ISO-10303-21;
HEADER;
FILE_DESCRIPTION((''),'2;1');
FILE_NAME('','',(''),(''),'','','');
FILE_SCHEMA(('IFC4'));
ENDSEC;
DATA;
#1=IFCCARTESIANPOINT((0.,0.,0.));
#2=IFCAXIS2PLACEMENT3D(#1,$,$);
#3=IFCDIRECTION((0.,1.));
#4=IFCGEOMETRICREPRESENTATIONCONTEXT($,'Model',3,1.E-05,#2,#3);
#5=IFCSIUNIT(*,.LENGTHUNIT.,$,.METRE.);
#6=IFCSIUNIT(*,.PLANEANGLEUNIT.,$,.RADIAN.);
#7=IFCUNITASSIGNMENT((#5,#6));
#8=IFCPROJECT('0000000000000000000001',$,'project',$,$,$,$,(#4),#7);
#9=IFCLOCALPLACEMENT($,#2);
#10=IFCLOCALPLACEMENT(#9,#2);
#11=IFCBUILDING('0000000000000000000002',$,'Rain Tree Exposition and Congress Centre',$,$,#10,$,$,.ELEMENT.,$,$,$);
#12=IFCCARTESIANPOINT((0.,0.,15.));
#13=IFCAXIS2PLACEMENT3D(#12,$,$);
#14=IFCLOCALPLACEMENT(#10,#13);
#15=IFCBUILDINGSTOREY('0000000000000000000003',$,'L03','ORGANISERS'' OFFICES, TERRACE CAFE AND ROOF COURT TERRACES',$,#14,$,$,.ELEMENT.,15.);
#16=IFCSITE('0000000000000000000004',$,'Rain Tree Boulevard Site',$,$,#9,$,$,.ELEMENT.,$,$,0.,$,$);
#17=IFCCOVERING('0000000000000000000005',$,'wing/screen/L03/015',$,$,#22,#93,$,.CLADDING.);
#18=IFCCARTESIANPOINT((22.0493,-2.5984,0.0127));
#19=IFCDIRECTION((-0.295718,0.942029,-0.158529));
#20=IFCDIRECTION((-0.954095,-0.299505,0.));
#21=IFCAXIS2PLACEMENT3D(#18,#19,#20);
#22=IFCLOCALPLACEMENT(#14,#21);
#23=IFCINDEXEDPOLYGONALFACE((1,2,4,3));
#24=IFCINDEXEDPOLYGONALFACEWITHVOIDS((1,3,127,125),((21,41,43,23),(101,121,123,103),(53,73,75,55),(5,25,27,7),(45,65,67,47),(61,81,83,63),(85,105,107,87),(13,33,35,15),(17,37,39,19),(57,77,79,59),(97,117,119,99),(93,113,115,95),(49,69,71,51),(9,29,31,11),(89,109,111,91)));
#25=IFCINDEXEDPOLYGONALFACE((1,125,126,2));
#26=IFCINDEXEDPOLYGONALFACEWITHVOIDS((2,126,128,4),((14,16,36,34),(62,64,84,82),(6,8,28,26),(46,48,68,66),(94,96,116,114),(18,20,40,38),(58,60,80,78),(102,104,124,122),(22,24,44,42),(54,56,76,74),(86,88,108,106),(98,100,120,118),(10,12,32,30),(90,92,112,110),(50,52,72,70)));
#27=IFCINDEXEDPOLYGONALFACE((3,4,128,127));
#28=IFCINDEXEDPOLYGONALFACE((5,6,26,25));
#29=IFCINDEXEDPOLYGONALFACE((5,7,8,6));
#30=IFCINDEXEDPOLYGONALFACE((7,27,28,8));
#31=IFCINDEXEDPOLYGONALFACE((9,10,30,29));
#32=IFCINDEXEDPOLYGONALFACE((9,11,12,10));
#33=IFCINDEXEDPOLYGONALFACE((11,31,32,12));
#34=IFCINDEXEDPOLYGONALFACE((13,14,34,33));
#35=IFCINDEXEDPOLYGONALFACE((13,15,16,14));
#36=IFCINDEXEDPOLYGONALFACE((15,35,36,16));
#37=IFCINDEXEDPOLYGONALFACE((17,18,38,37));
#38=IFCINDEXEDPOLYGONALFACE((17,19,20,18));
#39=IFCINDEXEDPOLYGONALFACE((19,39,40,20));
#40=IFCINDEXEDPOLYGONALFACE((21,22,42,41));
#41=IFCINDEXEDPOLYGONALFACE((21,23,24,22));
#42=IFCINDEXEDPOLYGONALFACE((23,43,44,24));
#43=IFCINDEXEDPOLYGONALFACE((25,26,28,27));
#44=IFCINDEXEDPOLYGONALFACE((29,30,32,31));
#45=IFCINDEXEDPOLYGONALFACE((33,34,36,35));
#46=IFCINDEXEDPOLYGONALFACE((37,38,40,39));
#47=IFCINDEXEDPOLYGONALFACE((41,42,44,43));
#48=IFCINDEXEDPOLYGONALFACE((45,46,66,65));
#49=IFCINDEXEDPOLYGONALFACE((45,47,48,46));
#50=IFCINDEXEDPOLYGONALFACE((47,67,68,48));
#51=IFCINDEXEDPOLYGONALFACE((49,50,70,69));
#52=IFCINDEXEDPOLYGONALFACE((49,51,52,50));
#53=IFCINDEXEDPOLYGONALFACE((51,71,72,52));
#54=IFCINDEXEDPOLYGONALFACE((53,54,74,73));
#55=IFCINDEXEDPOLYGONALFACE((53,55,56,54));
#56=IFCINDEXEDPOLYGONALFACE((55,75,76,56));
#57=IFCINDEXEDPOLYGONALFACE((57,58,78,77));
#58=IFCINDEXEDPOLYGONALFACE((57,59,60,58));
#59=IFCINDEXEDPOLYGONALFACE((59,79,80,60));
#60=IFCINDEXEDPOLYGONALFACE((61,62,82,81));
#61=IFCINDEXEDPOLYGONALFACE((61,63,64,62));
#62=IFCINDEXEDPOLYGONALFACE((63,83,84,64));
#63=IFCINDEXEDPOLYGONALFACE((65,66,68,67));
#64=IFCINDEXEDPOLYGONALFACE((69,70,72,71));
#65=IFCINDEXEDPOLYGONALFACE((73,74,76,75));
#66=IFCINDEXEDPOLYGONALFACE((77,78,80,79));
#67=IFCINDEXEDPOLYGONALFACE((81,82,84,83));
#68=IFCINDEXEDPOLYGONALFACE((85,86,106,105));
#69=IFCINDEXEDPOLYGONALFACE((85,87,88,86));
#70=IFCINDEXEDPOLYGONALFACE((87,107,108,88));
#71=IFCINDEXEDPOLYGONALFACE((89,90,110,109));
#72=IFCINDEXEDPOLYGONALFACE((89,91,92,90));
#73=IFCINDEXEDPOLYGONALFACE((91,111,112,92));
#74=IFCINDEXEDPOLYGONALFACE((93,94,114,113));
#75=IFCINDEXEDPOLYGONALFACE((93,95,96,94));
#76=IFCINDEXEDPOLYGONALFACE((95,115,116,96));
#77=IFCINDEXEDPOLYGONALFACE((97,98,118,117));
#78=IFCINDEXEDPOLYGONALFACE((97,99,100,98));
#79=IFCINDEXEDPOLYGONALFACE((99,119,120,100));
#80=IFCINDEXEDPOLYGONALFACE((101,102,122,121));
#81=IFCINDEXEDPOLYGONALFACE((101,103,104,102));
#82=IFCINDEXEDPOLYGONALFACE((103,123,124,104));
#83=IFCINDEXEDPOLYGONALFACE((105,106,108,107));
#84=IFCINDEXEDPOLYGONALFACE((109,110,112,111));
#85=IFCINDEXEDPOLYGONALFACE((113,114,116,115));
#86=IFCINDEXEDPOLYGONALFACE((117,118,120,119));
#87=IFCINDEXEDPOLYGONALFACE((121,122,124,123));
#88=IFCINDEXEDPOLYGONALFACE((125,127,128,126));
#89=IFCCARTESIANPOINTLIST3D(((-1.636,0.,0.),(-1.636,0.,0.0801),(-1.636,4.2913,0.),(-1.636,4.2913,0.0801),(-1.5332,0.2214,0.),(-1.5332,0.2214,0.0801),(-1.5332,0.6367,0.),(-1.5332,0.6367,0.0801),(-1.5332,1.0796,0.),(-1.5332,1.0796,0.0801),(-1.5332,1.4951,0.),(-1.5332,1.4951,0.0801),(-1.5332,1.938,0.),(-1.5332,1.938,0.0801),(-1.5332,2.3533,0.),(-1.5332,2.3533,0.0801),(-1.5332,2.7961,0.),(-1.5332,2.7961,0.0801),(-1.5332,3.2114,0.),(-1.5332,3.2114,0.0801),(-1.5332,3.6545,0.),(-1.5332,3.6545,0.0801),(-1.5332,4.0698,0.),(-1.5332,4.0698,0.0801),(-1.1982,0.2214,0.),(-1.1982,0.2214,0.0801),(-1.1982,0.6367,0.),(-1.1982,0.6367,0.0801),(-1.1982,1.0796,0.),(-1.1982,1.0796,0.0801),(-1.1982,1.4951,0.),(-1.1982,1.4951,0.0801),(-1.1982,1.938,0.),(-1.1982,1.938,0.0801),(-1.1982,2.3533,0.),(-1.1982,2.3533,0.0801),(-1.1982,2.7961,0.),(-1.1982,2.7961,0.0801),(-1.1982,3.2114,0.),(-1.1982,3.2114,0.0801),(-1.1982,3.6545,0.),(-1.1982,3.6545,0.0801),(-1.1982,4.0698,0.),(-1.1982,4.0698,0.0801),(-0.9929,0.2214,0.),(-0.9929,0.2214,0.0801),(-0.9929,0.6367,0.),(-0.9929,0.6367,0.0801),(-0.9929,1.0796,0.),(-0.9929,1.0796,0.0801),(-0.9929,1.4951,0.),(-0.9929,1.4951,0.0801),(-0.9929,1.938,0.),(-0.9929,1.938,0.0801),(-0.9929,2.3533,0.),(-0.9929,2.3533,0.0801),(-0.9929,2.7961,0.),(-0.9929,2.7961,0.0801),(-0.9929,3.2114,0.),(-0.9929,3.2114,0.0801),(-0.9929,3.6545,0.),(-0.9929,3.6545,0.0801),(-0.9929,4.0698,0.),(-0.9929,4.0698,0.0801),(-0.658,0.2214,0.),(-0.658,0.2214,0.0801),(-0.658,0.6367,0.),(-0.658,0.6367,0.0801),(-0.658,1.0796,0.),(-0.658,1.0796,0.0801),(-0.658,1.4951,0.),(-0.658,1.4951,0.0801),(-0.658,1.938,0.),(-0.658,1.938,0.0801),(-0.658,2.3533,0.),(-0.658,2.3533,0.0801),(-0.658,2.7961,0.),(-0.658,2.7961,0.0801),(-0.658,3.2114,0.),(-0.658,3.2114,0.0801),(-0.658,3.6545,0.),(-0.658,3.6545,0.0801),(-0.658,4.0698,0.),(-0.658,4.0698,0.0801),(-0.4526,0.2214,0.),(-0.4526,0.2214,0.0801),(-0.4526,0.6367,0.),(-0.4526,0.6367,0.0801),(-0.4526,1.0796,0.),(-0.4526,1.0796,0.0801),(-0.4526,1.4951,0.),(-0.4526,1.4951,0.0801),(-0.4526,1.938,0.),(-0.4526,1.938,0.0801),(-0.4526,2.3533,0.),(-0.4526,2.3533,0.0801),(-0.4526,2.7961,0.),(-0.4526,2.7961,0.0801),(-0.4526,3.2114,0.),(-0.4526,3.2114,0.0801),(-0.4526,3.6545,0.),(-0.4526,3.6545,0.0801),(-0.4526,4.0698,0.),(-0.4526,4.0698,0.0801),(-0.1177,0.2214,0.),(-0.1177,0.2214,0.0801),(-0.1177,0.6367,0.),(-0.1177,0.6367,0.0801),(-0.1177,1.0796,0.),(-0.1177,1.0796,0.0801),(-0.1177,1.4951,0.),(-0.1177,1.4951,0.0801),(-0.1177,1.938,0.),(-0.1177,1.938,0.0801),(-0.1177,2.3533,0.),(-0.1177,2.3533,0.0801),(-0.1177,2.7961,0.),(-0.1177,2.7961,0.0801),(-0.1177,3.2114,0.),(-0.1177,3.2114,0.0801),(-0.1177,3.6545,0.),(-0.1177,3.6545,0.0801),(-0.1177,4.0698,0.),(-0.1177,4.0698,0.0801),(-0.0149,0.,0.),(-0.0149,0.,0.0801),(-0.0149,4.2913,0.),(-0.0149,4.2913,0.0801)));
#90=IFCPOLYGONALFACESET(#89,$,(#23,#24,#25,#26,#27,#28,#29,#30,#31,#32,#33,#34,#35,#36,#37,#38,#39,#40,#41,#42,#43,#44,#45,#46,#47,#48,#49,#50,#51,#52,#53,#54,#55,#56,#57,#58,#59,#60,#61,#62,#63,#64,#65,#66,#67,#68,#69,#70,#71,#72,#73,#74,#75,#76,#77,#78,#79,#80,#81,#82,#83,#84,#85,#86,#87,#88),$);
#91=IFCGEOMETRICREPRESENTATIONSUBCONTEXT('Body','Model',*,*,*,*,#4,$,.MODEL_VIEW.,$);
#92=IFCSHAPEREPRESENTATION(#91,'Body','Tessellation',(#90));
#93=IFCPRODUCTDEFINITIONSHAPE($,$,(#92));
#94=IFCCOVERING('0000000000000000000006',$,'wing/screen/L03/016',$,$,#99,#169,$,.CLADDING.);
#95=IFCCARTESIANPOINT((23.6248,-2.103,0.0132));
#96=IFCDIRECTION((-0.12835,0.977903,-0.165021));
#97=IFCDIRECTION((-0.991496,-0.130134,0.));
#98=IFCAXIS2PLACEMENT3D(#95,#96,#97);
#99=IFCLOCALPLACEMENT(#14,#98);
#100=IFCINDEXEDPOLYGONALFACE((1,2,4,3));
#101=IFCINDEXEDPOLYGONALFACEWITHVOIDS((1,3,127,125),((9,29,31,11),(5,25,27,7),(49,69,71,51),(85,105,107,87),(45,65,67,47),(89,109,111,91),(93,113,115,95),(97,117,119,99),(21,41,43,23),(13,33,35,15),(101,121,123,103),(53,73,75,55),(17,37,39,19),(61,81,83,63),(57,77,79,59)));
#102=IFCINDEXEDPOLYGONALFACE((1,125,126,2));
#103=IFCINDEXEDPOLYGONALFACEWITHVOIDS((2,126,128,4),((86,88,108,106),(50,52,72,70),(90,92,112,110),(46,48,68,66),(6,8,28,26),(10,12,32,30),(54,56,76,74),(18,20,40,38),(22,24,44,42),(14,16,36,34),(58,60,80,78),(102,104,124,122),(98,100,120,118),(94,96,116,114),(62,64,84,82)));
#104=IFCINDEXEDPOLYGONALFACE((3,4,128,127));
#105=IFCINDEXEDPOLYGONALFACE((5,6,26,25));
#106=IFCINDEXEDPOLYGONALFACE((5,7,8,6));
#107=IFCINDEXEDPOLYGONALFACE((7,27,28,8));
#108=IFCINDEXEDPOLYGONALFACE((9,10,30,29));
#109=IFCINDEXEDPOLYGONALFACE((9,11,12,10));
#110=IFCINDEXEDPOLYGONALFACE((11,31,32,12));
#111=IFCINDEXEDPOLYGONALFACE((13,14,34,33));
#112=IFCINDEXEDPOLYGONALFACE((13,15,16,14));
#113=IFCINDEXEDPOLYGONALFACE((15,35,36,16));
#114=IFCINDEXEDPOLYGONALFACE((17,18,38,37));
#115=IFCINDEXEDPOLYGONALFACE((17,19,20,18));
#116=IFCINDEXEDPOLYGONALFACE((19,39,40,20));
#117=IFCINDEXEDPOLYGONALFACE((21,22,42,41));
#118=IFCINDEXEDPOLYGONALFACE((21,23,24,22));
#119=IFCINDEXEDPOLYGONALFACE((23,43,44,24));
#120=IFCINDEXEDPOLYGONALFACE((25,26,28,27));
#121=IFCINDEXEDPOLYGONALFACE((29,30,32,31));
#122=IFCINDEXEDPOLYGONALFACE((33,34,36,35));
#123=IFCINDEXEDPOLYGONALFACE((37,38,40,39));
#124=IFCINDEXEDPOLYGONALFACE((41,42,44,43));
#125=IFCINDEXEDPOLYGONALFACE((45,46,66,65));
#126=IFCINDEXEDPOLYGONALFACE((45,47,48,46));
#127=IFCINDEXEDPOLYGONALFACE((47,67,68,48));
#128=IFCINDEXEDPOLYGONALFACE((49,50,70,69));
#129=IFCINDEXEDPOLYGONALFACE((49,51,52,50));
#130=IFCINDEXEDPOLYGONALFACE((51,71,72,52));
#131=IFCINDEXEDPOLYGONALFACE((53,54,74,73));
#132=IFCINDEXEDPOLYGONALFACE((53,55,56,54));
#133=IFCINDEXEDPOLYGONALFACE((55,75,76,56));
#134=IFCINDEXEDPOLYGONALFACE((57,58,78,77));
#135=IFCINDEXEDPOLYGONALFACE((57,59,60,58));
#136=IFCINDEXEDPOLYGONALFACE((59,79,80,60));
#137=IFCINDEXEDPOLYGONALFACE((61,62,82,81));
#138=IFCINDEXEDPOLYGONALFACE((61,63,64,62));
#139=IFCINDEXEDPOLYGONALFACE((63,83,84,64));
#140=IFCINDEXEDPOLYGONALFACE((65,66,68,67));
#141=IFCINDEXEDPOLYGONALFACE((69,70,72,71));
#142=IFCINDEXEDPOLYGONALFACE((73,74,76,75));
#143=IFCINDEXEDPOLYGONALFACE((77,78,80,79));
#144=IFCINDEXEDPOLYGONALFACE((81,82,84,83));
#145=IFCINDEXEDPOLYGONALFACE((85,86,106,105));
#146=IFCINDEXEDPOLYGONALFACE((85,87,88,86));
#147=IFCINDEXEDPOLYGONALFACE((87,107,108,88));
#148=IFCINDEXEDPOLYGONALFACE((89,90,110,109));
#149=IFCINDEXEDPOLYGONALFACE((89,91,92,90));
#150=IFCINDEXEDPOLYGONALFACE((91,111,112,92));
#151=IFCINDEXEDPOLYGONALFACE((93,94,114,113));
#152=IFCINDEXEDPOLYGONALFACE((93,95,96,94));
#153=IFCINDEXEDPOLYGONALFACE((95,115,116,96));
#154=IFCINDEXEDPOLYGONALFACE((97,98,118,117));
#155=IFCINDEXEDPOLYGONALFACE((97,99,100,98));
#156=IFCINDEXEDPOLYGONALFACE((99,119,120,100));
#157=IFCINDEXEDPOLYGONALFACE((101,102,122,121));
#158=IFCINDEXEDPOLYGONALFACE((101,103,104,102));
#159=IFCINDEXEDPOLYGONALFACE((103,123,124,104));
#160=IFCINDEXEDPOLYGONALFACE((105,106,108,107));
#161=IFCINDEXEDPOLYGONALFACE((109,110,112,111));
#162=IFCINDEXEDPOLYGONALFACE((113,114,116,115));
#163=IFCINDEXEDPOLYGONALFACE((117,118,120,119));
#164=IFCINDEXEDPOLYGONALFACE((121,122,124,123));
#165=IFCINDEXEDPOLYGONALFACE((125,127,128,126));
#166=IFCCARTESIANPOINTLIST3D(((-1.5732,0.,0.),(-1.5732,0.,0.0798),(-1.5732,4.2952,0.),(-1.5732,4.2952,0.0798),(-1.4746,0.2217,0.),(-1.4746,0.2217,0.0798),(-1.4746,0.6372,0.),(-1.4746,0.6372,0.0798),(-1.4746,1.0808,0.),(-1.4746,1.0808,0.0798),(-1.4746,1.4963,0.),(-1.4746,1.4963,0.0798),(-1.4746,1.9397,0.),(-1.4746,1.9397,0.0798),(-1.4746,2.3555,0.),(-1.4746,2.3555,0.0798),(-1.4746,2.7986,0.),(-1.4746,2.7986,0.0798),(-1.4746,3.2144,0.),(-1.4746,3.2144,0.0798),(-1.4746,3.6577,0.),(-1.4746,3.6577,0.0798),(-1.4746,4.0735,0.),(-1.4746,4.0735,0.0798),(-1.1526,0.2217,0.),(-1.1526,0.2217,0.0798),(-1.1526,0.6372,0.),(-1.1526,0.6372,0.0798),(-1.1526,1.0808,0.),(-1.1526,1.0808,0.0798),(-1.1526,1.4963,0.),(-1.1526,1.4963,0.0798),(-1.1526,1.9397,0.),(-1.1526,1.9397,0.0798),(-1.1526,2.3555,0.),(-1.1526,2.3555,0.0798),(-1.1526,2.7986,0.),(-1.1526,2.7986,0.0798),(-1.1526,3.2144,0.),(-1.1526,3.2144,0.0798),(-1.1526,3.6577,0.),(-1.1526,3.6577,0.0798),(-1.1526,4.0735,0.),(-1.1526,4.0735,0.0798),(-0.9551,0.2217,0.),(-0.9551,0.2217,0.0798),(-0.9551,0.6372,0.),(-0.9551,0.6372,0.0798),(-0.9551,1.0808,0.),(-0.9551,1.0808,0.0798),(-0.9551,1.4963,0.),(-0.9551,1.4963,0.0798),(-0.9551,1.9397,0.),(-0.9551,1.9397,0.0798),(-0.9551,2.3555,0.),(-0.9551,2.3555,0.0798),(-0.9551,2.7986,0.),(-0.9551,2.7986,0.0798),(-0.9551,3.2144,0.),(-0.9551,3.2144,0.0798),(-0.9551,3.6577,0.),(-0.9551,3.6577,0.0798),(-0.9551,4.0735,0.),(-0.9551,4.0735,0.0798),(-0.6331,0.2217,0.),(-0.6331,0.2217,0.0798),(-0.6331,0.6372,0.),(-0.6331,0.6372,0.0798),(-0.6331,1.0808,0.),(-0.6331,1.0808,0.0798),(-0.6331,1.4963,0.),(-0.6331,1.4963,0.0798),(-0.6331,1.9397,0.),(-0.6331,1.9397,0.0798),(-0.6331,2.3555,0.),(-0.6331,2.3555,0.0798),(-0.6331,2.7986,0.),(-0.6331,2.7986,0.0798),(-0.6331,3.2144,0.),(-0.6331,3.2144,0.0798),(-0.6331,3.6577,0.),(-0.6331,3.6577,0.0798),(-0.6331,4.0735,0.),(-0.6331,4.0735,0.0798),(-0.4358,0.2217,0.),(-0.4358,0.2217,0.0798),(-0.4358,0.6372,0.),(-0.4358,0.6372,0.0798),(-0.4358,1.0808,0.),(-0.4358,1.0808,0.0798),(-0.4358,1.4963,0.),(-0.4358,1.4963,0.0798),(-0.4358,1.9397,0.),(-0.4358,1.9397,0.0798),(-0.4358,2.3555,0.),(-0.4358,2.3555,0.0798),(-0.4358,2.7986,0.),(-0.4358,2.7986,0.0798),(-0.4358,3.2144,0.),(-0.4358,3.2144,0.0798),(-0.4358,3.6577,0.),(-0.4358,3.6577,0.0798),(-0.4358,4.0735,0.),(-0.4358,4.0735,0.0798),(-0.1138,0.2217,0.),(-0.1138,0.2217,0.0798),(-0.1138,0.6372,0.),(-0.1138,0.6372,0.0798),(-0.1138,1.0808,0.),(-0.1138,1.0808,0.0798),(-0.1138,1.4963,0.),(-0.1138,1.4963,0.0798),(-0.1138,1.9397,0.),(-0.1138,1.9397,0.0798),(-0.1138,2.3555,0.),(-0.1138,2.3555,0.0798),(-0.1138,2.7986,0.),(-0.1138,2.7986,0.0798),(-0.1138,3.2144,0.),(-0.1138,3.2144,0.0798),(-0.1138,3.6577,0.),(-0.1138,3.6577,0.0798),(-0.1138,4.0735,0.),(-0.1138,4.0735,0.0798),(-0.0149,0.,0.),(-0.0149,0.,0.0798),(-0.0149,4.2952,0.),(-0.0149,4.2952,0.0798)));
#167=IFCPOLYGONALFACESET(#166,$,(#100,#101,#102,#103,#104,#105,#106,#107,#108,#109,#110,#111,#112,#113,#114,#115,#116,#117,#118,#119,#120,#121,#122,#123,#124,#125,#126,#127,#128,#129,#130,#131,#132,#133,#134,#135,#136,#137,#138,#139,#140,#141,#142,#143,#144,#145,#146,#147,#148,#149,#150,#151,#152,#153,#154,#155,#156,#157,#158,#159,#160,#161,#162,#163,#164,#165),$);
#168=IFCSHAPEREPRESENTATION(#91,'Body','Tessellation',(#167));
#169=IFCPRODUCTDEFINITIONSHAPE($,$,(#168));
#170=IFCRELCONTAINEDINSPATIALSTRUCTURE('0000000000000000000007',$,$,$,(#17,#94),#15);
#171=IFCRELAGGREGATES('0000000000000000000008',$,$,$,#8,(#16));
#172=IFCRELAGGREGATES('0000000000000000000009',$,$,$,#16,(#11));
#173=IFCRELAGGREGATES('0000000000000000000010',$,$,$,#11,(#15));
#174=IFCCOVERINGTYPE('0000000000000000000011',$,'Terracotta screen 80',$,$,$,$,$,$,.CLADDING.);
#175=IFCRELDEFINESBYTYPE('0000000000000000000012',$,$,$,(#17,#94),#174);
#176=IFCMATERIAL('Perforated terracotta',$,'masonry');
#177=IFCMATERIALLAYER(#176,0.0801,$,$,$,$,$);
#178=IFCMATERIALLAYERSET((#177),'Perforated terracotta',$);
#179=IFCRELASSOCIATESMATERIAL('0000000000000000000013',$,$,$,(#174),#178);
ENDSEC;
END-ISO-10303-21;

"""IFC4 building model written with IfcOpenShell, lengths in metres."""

from ifc_helpers import new_model, si_unit, direction, frame, origin, place, context, subcontext, project, spatial, polyline, outline, extrude, material, layer, layer_set, type_object, element, save


model = new_model("IFC4")

# Units and contexts
model_context = context("Model", 3, precision=1e-05, world=origin(), true_north=direction((0.0, 1.0)))
body_context = subcontext(model_context, "Body", "Model", "MODEL_VIEW")
ifc_project = project(units=[si_unit("LENGTHUNIT", "METRE"), si_unit("PLANEANGLEUNIT", "RADIAN")], contexts=[model_context])

# Site, building, storey
site_placement = place(None, origin())
site = spatial("IfcSite", under=ifc_project, at=site_placement, Name="Rain Tree Boulevard Site", CompositionType="ELEMENT", RefElevation=0.0)
building_placement = place(site_placement, origin())
building = spatial("IfcBuilding", under=site, at=building_placement, Name="Rain Tree Exposition and Congress Centre", CompositionType="ELEMENT")
storey_placement = place(building_placement, frame((0.0, 0.0, 15.0)))
storey = spatial("IfcBuildingStorey", under=building, at=storey_placement, Name="L03", Description="ORGANISERS' OFFICES, TERRACE CAFE AND ROOF COURT TERRACES", CompositionType="ELEMENT", Elevation=15.0)

# Coverings
ifc_material_1 = material(Name="Perforated terracotta", Category="masonry")
ifc_layer_1 = layer(ifc_material_1, 0.0801)
ifc_layer_set_1 = layer_set([ifc_layer_1], Name="Perforated terracotta")
covering_type = type_object("IfcCoveringType", Name="Terracotta screen 80", PredefinedType="CLADDING", material=ifc_layer_set_1)
covering_1_placement = place(storey_placement, frame((22.0493, -2.5984, 0.0127), z_axis=(-0.295718, 0.942029, -0.158529), x_axis=(-0.954095, -0.299505, 0.0)))
element("IfcCovering", 1, at=covering_1_placement, inside=storey, type_object=covering_type, Name="wing/screen/L03/015", PredefinedType="CLADDING", context=body_context, shape_type="SweptSolid", body=[
    extrude(outline(polyline([(-1.636, 0.0), (-1.636, 4.2913), (-0.0149, 4.2913), (-0.0149, 0.0), (-1.636, 0.0)]), holes=[polyline([(-0.1177, 0.2214), (-0.1177, 0.6367), (-0.4526, 0.6367), (-0.4526, 0.2214), (-0.1177, 0.2214)]), polyline([(-0.1177, 1.0796), (-0.1177, 1.4951), (-0.4526, 1.4951), (-0.4526, 1.0796), (-0.1177, 1.0796)]), polyline([(-0.1177, 1.938), (-0.1177, 2.3533), (-0.4526, 2.3533), (-0.4526, 1.938), (-0.1177, 1.938)]), polyline([(-0.1177, 2.7961), (-0.1177, 3.2114), (-0.4526, 3.2114), (-0.4526, 2.7961), (-0.1177, 2.7961)]), polyline([(-0.1177, 3.6545), (-0.1177, 4.0698), (-0.4526, 4.0698), (-0.4526, 3.6545), (-0.1177, 3.6545)]), polyline([(-0.658, 0.2214), (-0.658, 0.6367), (-0.9929, 0.6367), (-0.9929, 0.2214), (-0.658, 0.2214)]), polyline([(-0.658, 1.0796), (-0.658, 1.4951), (-0.9929, 1.4951), (-0.9929, 1.0796), (-0.658, 1.0796)]), polyline([(-0.658, 1.938), (-0.658, 2.3533), (-0.9929, 2.3533), (-0.9929, 1.938), (-0.658, 1.938)]), polyline([(-0.658, 2.7961), (-0.658, 3.2114), (-0.9929, 3.2114), (-0.9929, 2.7961), (-0.658, 2.7961)]), polyline([(-0.658, 3.6545), (-0.658, 4.0698), (-0.9929, 4.0698), (-0.9929, 3.6545), (-0.658, 3.6545)]), polyline([(-1.1982, 0.2214), (-1.1982, 0.6367), (-1.5332, 0.6367), (-1.5332, 0.2214), (-1.1982, 0.2214)]), polyline([(-1.1982, 1.0796), (-1.1982, 1.4951), (-1.5332, 1.4951), (-1.5332, 1.0796), (-1.1982, 1.0796)]), polyline([(-1.1982, 1.938), (-1.1982, 2.3533), (-1.5332, 2.3533), (-1.5332, 1.938), (-1.1982, 1.938)]), polyline([(-1.1982, 2.7961), (-1.1982, 3.2114), (-1.5332, 3.2114), (-1.5332, 2.7961), (-1.1982, 2.7961)]), polyline([(-1.1982, 3.6545), (-1.1982, 4.0698), (-1.5332, 4.0698), (-1.5332, 3.6545), (-1.1982, 3.6545)])]), origin(), (0.0, 0.0, 1.0), 0.0801),
])
covering_2_placement = place(storey_placement, frame((23.6248, -2.103, 0.0132), z_axis=(-0.12835, 0.977903, -0.165021), x_axis=(-0.991496, -0.130134, 0.0)))
element("IfcCovering", 2, at=covering_2_placement, inside=storey, type_object=covering_type, Name="wing/screen/L03/016", PredefinedType="CLADDING", context=body_context, shape_type="SweptSolid", body=[
    extrude(outline(polyline([(-1.5732, 0.0), (-1.5732, 4.2952), (-0.0149, 4.2952), (-0.0149, 0.0), (-1.5732, 0.0)]), holes=[polyline([(-0.1138, 0.2217), (-0.1138, 0.6372), (-0.4358, 0.6372), (-0.4358, 0.2217), (-0.1138, 0.2217)]), polyline([(-0.1138, 1.0808), (-0.1138, 1.4963), (-0.4358, 1.4963), (-0.4358, 1.0808), (-0.1138, 1.0808)]), polyline([(-0.1138, 1.9397), (-0.1138, 2.3555), (-0.4358, 2.3555), (-0.4358, 1.9397), (-0.1138, 1.9397)]), polyline([(-0.1138, 2.7986), (-0.1138, 3.2144), (-0.4358, 3.2144), (-0.4358, 2.7986), (-0.1138, 2.7986)]), polyline([(-0.1138, 3.6577), (-0.1138, 4.0735), (-0.4358, 4.0735), (-0.4358, 3.6577), (-0.1138, 3.6577)]), polyline([(-0.6331, 0.2217), (-0.6331, 0.6372), (-0.9551, 0.6372), (-0.9551, 0.2217), (-0.6331, 0.2217)]), polyline([(-0.6331, 1.0808), (-0.6331, 1.4963), (-0.9551, 1.4963), (-0.9551, 1.0808), (-0.6331, 1.0808)]), polyline([(-0.6331, 1.9397), (-0.6331, 2.3555), (-0.9551, 2.3555), (-0.9551, 1.9397), (-0.6331, 1.9397)]), polyline([(-0.6331, 2.7986), (-0.6331, 3.2144), (-0.9551, 3.2144), (-0.9551, 2.7986), (-0.6331, 2.7986)]), polyline([(-0.6331, 3.6577), (-0.6331, 4.0735), (-0.9551, 4.0735), (-0.9551, 3.6577), (-0.6331, 3.6577)]), polyline([(-1.1526, 0.2217), (-1.1526, 0.6372), (-1.4746, 0.6372), (-1.4746, 0.2217), (-1.1526, 0.2217)]), polyline([(-1.1526, 1.0808), (-1.1526, 1.4963), (-1.4746, 1.4963), (-1.4746, 1.0808), (-1.1526, 1.0808)]), polyline([(-1.1526, 1.9397), (-1.1526, 2.3555), (-1.4746, 2.3555), (-1.4746, 1.9397), (-1.1526, 1.9397)]), polyline([(-1.1526, 2.7986), (-1.1526, 3.2144), (-1.4746, 3.2144), (-1.4746, 2.7986), (-1.1526, 2.7986)]), polyline([(-1.1526, 3.6577), (-1.1526, 4.0735), (-1.4746, 4.0735), (-1.4746, 3.6577), (-1.1526, 3.6577)])]), origin(), (0.0, 0.0, 1.0), 0.0798),
])

save(model, "model.ifc")
